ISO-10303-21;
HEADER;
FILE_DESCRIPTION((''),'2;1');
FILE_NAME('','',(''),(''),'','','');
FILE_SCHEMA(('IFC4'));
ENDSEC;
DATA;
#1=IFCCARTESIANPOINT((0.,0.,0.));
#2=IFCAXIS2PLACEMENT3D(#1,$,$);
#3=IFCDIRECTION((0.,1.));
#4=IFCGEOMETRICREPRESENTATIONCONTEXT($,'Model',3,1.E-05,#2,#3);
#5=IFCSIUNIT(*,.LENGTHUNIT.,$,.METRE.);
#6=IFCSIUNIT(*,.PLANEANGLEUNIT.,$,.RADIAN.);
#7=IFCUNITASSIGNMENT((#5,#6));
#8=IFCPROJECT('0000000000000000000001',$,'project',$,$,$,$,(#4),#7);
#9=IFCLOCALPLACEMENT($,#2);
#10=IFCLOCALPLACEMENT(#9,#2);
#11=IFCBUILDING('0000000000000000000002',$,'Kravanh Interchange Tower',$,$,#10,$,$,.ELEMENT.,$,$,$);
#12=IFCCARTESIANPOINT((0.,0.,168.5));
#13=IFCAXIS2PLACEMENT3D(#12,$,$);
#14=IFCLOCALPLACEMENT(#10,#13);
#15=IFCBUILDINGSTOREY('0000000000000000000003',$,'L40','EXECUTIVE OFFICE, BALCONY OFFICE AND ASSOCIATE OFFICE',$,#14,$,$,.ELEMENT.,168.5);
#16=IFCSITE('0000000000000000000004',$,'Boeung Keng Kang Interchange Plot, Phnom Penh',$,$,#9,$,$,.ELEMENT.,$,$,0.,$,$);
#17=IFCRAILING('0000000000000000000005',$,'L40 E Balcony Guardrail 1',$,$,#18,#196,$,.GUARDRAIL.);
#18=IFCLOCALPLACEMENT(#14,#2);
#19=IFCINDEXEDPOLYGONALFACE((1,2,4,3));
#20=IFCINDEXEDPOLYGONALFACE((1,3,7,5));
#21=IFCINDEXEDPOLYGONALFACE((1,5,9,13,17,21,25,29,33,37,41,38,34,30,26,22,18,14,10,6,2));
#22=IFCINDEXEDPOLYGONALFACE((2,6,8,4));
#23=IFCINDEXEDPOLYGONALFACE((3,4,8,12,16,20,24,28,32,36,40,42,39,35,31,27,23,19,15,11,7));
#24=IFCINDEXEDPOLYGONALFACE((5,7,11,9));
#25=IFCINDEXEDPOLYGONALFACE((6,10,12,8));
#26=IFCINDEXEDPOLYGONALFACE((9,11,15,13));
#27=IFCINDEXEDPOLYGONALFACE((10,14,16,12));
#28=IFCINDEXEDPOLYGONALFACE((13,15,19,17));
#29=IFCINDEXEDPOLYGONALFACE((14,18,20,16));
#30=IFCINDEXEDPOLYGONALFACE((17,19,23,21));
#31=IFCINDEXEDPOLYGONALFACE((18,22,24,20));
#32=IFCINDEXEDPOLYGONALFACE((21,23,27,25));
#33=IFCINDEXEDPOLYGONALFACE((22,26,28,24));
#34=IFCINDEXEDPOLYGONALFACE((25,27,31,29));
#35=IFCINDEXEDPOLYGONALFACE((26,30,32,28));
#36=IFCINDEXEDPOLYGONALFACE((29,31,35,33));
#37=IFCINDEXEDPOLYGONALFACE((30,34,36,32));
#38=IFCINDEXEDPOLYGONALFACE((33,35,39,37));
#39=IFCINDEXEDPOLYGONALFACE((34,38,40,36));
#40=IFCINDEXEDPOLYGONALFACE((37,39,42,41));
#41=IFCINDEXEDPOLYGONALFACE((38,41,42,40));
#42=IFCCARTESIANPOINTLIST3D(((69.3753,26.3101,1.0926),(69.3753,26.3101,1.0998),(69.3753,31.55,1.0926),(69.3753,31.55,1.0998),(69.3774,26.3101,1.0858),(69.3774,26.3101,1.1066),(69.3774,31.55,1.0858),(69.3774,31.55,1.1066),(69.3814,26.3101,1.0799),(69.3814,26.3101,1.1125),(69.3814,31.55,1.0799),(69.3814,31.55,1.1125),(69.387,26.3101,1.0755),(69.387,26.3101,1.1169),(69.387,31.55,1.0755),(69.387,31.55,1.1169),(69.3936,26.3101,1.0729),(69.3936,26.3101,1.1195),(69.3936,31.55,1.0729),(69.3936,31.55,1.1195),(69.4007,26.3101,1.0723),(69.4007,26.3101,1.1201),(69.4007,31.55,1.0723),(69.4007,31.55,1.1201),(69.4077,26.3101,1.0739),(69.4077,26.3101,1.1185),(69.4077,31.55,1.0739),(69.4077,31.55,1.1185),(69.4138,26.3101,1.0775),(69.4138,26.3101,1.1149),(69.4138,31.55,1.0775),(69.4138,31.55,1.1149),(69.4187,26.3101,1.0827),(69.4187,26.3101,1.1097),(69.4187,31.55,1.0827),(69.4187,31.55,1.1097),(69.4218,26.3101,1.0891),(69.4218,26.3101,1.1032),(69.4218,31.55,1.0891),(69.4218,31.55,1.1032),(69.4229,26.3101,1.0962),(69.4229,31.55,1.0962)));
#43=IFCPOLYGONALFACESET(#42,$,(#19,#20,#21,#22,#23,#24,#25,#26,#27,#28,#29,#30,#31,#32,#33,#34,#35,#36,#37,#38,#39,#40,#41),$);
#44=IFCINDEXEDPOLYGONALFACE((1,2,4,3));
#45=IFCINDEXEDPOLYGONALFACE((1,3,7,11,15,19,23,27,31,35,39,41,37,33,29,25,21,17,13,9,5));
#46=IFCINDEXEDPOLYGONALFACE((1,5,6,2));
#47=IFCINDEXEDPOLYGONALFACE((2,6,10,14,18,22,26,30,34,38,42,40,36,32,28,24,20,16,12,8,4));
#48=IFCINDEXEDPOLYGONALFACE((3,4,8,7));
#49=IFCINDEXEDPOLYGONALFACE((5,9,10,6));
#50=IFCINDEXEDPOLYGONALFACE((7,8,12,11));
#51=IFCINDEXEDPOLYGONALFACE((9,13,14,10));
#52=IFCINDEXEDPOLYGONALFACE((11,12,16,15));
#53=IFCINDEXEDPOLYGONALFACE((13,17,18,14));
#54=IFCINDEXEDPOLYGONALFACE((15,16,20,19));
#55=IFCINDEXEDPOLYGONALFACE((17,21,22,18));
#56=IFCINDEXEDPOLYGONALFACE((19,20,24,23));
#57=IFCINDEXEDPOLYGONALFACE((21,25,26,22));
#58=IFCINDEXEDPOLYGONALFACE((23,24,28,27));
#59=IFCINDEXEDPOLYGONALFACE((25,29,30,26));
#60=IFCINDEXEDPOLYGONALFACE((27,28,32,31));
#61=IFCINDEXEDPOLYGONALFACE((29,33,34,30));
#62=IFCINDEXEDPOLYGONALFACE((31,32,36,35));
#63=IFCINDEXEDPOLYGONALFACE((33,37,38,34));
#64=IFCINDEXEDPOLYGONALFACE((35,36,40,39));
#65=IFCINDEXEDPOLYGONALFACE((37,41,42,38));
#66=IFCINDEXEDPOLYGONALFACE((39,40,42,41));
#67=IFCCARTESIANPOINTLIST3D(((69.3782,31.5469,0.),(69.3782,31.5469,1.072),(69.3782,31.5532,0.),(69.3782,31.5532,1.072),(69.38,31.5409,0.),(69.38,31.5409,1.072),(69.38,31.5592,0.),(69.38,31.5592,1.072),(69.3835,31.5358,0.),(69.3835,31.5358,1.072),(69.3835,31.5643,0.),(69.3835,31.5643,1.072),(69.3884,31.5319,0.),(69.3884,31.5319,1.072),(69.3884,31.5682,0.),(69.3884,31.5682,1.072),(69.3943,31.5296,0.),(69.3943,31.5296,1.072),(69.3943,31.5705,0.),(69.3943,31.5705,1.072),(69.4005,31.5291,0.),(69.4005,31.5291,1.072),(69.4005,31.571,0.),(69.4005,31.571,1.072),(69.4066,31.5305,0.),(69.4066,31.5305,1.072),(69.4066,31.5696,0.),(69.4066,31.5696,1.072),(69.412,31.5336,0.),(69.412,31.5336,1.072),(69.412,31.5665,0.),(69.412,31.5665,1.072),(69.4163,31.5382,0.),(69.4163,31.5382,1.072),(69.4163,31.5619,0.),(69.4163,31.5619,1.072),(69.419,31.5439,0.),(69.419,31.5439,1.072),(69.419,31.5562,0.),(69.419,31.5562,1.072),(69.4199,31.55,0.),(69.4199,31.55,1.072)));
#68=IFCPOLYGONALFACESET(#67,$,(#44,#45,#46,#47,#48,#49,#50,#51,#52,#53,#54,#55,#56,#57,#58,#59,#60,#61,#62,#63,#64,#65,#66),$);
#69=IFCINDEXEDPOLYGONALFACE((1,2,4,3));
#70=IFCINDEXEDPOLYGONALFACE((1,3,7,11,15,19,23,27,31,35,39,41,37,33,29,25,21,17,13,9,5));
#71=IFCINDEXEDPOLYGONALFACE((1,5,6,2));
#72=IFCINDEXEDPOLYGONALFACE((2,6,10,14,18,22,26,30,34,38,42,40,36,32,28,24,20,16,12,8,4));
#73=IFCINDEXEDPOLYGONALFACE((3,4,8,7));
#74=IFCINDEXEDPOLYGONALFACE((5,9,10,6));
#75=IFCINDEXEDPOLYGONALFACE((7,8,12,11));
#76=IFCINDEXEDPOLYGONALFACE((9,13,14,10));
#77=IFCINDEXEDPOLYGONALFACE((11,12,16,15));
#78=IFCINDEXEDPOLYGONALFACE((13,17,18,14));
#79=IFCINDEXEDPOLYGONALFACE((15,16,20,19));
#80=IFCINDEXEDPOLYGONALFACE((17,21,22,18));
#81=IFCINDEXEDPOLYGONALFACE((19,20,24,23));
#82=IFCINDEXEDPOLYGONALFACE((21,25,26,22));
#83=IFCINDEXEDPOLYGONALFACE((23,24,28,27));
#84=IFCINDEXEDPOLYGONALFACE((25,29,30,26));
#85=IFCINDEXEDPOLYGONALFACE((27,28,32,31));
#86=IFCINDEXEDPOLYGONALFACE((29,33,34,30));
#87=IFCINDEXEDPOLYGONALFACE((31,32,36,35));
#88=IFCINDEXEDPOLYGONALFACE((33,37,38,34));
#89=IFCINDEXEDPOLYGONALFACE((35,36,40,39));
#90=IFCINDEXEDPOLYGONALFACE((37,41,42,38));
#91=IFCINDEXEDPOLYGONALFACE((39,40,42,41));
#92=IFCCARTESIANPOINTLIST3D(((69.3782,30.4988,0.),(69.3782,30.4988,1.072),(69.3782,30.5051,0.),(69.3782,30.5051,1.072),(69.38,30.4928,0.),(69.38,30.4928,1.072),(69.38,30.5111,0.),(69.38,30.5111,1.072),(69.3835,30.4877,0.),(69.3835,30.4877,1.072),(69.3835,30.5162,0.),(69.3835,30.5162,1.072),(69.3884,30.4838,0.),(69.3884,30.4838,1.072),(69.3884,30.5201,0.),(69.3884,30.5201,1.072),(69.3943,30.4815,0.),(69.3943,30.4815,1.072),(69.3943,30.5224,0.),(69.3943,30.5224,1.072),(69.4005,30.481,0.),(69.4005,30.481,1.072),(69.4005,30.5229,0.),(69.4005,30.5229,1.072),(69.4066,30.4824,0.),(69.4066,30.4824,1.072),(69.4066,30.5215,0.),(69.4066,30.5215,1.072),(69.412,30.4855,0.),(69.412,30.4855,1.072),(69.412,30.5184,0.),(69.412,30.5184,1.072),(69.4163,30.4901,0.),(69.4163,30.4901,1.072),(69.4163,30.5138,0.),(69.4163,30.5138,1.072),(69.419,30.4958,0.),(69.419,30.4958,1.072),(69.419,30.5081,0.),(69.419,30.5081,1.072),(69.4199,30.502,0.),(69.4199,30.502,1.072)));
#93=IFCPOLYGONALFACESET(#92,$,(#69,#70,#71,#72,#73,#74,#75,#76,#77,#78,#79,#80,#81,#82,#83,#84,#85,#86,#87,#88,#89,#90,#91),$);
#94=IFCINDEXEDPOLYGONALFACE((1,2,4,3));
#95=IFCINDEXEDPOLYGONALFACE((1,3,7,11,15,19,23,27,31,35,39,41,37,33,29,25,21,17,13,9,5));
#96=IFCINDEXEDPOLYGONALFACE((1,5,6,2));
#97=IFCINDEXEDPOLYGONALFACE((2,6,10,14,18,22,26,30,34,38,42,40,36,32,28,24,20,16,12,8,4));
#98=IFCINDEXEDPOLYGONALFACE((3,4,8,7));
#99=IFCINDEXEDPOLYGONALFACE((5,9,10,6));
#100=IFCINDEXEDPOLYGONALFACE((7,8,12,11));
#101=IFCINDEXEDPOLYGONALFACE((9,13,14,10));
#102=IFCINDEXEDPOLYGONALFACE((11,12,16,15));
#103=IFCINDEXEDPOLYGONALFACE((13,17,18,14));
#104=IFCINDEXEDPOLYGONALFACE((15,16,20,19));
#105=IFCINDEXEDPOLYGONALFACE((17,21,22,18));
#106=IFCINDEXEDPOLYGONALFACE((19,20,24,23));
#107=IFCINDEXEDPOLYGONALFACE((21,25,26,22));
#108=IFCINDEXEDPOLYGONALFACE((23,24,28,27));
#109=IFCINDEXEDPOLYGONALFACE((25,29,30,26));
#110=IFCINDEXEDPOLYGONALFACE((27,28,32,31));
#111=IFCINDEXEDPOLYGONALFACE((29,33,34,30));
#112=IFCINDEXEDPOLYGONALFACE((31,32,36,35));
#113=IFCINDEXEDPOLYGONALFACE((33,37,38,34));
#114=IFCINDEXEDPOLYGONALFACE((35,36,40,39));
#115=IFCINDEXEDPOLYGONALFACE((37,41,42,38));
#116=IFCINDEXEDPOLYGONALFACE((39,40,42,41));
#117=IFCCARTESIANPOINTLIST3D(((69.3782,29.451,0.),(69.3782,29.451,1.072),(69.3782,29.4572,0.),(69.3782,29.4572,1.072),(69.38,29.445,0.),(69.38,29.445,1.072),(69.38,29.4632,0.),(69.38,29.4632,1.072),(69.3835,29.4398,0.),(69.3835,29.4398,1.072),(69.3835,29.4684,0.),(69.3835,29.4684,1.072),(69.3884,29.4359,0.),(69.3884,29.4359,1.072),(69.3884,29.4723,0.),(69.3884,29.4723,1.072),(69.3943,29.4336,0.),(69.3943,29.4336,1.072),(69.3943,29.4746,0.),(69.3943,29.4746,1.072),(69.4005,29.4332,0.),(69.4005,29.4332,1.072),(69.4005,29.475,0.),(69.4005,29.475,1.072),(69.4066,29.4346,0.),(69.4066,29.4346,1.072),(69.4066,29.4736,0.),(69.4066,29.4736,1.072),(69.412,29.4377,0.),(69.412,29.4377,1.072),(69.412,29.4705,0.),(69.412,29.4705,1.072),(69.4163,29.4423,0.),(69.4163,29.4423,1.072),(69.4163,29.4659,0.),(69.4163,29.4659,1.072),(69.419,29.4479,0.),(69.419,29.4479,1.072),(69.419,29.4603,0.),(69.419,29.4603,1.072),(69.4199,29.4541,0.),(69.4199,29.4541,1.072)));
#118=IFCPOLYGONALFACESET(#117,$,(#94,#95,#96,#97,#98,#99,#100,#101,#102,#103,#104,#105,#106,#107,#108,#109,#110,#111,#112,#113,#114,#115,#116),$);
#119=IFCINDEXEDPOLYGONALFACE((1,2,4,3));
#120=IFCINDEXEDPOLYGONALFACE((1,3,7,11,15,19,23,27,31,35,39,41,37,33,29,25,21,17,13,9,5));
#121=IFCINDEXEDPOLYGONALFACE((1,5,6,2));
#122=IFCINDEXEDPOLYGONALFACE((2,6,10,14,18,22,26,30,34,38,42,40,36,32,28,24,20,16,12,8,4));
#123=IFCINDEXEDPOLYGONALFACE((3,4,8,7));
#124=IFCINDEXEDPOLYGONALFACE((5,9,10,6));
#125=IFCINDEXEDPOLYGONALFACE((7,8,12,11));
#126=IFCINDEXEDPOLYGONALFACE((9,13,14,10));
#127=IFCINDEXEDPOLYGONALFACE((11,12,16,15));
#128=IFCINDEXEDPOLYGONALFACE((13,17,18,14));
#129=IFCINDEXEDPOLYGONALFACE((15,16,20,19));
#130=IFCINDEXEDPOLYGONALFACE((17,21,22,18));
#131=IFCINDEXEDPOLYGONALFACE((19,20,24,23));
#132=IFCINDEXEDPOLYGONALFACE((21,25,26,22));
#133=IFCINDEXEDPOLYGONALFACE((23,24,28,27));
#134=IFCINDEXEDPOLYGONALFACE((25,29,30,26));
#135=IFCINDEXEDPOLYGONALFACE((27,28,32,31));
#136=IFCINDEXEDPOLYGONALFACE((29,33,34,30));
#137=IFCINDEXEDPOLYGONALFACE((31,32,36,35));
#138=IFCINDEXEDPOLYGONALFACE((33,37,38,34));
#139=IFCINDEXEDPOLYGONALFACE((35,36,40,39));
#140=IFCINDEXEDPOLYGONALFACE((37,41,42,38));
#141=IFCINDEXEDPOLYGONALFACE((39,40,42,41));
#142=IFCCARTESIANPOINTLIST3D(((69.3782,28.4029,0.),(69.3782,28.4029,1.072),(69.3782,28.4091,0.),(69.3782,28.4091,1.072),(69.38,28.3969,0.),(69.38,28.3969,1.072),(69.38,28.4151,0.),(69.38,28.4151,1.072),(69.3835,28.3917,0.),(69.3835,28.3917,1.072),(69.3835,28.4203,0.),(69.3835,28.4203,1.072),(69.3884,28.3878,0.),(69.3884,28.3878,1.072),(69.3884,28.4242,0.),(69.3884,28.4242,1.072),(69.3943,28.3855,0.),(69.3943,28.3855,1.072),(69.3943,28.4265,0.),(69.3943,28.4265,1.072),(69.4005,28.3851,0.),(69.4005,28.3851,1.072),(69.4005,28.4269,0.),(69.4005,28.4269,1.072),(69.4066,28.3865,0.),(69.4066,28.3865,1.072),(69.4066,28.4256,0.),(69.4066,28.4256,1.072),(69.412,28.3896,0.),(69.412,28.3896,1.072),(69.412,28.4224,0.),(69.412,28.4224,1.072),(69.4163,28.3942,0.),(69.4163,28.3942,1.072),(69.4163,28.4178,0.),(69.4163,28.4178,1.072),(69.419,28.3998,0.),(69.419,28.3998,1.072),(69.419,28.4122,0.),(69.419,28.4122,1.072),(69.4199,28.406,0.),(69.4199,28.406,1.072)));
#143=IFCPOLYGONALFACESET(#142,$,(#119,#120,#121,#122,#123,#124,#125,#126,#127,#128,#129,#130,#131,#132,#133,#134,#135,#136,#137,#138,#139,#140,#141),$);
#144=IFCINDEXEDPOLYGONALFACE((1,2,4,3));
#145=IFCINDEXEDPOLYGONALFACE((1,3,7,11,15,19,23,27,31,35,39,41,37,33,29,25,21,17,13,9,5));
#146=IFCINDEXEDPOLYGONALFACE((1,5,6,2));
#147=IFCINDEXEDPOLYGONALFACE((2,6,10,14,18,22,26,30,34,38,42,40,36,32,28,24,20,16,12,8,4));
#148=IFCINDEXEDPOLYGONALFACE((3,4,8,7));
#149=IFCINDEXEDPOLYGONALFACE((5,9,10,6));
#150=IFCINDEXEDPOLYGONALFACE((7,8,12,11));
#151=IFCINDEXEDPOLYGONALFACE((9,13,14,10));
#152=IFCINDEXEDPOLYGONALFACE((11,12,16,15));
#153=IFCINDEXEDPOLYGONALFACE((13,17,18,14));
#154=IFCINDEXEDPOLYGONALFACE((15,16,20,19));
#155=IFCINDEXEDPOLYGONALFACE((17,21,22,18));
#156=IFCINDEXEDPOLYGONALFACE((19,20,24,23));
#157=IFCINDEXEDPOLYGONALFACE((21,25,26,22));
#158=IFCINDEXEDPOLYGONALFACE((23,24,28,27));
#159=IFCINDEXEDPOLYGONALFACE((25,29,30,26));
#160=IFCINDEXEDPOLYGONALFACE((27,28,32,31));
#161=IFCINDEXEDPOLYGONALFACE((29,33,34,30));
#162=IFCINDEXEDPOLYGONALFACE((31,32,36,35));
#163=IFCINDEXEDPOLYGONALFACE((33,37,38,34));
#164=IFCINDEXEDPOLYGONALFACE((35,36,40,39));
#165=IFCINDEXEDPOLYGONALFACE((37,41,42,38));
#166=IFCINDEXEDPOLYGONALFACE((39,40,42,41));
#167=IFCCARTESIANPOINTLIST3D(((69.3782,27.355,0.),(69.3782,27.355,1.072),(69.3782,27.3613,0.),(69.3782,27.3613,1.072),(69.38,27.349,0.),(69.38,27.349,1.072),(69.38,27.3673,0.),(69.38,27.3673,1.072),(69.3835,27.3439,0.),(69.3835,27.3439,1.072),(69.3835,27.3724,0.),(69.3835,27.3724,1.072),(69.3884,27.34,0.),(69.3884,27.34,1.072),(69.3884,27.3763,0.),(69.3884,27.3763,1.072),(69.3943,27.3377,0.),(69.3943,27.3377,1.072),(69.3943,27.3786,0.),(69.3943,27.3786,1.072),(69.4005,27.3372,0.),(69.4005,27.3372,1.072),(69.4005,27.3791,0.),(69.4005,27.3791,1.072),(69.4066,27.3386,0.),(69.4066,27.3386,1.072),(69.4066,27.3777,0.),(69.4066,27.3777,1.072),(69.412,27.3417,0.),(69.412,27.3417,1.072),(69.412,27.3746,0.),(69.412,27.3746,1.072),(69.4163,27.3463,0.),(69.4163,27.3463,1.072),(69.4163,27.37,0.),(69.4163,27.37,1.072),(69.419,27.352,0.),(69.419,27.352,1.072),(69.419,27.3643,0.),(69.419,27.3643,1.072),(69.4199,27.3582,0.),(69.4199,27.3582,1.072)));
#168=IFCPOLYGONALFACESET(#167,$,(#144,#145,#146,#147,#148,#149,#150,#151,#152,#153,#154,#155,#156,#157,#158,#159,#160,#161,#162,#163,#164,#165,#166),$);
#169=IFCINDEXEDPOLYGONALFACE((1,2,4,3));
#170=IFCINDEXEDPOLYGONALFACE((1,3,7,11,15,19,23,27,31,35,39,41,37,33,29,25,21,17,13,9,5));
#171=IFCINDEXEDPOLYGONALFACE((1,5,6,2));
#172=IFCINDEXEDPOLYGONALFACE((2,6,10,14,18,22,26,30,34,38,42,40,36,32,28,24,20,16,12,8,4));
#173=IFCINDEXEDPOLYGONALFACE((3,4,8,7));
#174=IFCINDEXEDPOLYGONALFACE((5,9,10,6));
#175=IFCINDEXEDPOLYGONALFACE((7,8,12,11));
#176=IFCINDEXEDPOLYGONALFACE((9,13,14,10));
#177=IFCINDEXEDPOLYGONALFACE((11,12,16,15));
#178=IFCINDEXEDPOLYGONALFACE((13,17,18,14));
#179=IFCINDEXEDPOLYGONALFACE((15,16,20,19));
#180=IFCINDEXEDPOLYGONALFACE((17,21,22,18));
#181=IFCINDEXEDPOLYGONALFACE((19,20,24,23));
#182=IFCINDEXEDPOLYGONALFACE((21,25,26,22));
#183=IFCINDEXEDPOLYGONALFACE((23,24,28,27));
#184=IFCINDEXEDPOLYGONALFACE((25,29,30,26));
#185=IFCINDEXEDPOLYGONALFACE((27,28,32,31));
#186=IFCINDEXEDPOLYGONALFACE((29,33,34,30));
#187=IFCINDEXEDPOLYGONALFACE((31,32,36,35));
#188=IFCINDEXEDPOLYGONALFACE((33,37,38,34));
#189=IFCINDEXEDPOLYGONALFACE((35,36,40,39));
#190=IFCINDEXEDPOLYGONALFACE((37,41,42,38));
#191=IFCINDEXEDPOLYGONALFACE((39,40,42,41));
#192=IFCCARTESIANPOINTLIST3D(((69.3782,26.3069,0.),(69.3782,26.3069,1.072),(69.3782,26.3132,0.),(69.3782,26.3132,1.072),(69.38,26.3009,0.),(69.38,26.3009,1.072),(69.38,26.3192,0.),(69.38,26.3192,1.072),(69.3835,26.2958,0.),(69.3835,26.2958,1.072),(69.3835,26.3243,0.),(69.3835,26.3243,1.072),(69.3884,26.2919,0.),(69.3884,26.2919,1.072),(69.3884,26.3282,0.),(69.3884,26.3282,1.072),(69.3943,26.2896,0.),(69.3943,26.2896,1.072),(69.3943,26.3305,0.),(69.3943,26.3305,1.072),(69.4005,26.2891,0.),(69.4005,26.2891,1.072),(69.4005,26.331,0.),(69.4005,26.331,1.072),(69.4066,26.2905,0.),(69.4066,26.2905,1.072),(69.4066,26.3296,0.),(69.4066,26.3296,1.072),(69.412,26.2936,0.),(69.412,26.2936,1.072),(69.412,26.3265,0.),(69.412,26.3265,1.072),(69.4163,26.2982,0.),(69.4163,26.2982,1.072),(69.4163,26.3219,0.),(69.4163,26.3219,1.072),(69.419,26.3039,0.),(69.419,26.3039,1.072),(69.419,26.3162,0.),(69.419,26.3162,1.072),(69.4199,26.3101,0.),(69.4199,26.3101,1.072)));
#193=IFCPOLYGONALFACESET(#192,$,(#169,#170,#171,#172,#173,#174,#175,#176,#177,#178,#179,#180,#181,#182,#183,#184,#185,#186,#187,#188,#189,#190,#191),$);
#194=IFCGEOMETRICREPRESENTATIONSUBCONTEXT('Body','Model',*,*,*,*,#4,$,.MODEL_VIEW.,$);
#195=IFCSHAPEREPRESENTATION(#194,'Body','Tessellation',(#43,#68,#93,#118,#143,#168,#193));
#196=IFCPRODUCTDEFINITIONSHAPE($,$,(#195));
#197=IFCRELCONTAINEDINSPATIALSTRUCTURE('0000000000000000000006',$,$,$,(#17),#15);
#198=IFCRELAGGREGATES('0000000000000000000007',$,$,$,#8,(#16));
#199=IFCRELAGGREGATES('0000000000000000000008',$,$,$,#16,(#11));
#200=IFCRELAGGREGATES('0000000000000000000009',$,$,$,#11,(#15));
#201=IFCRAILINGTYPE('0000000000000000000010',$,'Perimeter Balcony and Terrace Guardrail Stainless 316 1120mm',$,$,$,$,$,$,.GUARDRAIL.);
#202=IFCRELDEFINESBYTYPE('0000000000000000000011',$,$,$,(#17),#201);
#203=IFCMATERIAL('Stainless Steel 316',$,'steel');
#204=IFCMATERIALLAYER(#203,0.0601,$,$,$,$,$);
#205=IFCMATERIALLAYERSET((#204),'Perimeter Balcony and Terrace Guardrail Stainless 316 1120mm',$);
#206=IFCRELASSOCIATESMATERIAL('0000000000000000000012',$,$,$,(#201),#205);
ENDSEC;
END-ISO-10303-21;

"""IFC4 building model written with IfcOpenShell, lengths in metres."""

from ifc_helpers import new_model, si_unit, direction, frame, origin, origin_2d, place, context, subcontext, project, spatial, circle, extrude, material, layer, layer_set, type_object, element, save


model = new_model("IFC4")

# Units and contexts
model_context = context("Model", 3, precision=1e-05, world=origin(), true_north=direction((0.0, 1.0)))
body_context = subcontext(model_context, "Body", "Model", "MODEL_VIEW")
ifc_project = project(units=[si_unit("LENGTHUNIT", "METRE"), si_unit("PLANEANGLEUNIT", "RADIAN")], contexts=[model_context])

# Site, building, storey
site_placement = place(None, origin())
site = spatial("IfcSite", under=ifc_project, at=site_placement, Name="Boeung Keng Kang Interchange Plot, Phnom Penh", CompositionType="ELEMENT", RefElevation=0.0)
building_placement = place(site_placement, origin())
building = spatial("IfcBuilding", under=site, at=building_placement, Name="Kravanh Interchange Tower", CompositionType="ELEMENT")
storey_placement = place(building_placement, frame((0.0, 0.0, 168.5)))
storey = spatial("IfcBuildingStorey", under=building, at=storey_placement, Name="L40", Description="EXECUTIVE OFFICE, BALCONY OFFICE AND ASSOCIATE OFFICE", CompositionType="ELEMENT", Elevation=168.5)

# Railing
ifc_material_1 = material(Name="Stainless Steel 316", Category="steel")
ifc_layer_1 = layer(ifc_material_1, 0.0601)
ifc_layer_set_1 = layer_set([ifc_layer_1], Name="Perimeter Balcony and Terrace Guardrail Stainless 316 1120mm")
railing_type_1 = type_object("IfcRailingType", Name="Perimeter Balcony and Terrace Guardrail Stainless 316 1120mm", PredefinedType="GUARDRAIL", material=ifc_layer_set_1)
railing_1_placement = place(storey_placement, frame((69.3989, 31.55, 0.0)))
element("IfcRailing", 1, at=railing_1_placement, inside=storey, type_object=railing_type_1, Name="L40 E Balcony Guardrail 1", PredefinedType="GUARDRAIL", context=body_context, shape_type="SweptSolid", body=[
    extrude(circle(Radius=0.0239, at=origin_2d()), frame((0.0, 0.0, 1.0962), z_axis=(0.0, -1.0, 0.0), x_axis=(1.0, 0.0, 0.0)), (0.0, 0.0, 1.0), 5.24),
    extrude(circle(Radius=0.021, at=origin_2d()), origin(), (0.0, 0.0, 1.0), 1.072),
    extrude(circle(Radius=0.021, at=origin_2d()), frame((0.0, -1.0481, 0.0)), (0.0, 0.0, 1.0), 1.072),
    extrude(circle(Radius=0.021, at=origin_2d()), frame((0.0, -2.0959, 0.0)), (0.0, 0.0, 1.0), 1.072),
    extrude(circle(Radius=0.021, at=origin_2d()), frame((0.0, -3.144, 0.0)), (0.0, 0.0, 1.0), 1.072),
    extrude(circle(Radius=0.021, at=origin_2d()), frame((0.0, -4.1919, 0.0)), (0.0, 0.0, 1.0), 1.072),
    extrude(circle(Radius=0.021, at=origin_2d()), frame((0.0, -5.24, 0.0)), (0.0, 0.0, 1.0), 1.072),
])

save(model, "model.ifc")
